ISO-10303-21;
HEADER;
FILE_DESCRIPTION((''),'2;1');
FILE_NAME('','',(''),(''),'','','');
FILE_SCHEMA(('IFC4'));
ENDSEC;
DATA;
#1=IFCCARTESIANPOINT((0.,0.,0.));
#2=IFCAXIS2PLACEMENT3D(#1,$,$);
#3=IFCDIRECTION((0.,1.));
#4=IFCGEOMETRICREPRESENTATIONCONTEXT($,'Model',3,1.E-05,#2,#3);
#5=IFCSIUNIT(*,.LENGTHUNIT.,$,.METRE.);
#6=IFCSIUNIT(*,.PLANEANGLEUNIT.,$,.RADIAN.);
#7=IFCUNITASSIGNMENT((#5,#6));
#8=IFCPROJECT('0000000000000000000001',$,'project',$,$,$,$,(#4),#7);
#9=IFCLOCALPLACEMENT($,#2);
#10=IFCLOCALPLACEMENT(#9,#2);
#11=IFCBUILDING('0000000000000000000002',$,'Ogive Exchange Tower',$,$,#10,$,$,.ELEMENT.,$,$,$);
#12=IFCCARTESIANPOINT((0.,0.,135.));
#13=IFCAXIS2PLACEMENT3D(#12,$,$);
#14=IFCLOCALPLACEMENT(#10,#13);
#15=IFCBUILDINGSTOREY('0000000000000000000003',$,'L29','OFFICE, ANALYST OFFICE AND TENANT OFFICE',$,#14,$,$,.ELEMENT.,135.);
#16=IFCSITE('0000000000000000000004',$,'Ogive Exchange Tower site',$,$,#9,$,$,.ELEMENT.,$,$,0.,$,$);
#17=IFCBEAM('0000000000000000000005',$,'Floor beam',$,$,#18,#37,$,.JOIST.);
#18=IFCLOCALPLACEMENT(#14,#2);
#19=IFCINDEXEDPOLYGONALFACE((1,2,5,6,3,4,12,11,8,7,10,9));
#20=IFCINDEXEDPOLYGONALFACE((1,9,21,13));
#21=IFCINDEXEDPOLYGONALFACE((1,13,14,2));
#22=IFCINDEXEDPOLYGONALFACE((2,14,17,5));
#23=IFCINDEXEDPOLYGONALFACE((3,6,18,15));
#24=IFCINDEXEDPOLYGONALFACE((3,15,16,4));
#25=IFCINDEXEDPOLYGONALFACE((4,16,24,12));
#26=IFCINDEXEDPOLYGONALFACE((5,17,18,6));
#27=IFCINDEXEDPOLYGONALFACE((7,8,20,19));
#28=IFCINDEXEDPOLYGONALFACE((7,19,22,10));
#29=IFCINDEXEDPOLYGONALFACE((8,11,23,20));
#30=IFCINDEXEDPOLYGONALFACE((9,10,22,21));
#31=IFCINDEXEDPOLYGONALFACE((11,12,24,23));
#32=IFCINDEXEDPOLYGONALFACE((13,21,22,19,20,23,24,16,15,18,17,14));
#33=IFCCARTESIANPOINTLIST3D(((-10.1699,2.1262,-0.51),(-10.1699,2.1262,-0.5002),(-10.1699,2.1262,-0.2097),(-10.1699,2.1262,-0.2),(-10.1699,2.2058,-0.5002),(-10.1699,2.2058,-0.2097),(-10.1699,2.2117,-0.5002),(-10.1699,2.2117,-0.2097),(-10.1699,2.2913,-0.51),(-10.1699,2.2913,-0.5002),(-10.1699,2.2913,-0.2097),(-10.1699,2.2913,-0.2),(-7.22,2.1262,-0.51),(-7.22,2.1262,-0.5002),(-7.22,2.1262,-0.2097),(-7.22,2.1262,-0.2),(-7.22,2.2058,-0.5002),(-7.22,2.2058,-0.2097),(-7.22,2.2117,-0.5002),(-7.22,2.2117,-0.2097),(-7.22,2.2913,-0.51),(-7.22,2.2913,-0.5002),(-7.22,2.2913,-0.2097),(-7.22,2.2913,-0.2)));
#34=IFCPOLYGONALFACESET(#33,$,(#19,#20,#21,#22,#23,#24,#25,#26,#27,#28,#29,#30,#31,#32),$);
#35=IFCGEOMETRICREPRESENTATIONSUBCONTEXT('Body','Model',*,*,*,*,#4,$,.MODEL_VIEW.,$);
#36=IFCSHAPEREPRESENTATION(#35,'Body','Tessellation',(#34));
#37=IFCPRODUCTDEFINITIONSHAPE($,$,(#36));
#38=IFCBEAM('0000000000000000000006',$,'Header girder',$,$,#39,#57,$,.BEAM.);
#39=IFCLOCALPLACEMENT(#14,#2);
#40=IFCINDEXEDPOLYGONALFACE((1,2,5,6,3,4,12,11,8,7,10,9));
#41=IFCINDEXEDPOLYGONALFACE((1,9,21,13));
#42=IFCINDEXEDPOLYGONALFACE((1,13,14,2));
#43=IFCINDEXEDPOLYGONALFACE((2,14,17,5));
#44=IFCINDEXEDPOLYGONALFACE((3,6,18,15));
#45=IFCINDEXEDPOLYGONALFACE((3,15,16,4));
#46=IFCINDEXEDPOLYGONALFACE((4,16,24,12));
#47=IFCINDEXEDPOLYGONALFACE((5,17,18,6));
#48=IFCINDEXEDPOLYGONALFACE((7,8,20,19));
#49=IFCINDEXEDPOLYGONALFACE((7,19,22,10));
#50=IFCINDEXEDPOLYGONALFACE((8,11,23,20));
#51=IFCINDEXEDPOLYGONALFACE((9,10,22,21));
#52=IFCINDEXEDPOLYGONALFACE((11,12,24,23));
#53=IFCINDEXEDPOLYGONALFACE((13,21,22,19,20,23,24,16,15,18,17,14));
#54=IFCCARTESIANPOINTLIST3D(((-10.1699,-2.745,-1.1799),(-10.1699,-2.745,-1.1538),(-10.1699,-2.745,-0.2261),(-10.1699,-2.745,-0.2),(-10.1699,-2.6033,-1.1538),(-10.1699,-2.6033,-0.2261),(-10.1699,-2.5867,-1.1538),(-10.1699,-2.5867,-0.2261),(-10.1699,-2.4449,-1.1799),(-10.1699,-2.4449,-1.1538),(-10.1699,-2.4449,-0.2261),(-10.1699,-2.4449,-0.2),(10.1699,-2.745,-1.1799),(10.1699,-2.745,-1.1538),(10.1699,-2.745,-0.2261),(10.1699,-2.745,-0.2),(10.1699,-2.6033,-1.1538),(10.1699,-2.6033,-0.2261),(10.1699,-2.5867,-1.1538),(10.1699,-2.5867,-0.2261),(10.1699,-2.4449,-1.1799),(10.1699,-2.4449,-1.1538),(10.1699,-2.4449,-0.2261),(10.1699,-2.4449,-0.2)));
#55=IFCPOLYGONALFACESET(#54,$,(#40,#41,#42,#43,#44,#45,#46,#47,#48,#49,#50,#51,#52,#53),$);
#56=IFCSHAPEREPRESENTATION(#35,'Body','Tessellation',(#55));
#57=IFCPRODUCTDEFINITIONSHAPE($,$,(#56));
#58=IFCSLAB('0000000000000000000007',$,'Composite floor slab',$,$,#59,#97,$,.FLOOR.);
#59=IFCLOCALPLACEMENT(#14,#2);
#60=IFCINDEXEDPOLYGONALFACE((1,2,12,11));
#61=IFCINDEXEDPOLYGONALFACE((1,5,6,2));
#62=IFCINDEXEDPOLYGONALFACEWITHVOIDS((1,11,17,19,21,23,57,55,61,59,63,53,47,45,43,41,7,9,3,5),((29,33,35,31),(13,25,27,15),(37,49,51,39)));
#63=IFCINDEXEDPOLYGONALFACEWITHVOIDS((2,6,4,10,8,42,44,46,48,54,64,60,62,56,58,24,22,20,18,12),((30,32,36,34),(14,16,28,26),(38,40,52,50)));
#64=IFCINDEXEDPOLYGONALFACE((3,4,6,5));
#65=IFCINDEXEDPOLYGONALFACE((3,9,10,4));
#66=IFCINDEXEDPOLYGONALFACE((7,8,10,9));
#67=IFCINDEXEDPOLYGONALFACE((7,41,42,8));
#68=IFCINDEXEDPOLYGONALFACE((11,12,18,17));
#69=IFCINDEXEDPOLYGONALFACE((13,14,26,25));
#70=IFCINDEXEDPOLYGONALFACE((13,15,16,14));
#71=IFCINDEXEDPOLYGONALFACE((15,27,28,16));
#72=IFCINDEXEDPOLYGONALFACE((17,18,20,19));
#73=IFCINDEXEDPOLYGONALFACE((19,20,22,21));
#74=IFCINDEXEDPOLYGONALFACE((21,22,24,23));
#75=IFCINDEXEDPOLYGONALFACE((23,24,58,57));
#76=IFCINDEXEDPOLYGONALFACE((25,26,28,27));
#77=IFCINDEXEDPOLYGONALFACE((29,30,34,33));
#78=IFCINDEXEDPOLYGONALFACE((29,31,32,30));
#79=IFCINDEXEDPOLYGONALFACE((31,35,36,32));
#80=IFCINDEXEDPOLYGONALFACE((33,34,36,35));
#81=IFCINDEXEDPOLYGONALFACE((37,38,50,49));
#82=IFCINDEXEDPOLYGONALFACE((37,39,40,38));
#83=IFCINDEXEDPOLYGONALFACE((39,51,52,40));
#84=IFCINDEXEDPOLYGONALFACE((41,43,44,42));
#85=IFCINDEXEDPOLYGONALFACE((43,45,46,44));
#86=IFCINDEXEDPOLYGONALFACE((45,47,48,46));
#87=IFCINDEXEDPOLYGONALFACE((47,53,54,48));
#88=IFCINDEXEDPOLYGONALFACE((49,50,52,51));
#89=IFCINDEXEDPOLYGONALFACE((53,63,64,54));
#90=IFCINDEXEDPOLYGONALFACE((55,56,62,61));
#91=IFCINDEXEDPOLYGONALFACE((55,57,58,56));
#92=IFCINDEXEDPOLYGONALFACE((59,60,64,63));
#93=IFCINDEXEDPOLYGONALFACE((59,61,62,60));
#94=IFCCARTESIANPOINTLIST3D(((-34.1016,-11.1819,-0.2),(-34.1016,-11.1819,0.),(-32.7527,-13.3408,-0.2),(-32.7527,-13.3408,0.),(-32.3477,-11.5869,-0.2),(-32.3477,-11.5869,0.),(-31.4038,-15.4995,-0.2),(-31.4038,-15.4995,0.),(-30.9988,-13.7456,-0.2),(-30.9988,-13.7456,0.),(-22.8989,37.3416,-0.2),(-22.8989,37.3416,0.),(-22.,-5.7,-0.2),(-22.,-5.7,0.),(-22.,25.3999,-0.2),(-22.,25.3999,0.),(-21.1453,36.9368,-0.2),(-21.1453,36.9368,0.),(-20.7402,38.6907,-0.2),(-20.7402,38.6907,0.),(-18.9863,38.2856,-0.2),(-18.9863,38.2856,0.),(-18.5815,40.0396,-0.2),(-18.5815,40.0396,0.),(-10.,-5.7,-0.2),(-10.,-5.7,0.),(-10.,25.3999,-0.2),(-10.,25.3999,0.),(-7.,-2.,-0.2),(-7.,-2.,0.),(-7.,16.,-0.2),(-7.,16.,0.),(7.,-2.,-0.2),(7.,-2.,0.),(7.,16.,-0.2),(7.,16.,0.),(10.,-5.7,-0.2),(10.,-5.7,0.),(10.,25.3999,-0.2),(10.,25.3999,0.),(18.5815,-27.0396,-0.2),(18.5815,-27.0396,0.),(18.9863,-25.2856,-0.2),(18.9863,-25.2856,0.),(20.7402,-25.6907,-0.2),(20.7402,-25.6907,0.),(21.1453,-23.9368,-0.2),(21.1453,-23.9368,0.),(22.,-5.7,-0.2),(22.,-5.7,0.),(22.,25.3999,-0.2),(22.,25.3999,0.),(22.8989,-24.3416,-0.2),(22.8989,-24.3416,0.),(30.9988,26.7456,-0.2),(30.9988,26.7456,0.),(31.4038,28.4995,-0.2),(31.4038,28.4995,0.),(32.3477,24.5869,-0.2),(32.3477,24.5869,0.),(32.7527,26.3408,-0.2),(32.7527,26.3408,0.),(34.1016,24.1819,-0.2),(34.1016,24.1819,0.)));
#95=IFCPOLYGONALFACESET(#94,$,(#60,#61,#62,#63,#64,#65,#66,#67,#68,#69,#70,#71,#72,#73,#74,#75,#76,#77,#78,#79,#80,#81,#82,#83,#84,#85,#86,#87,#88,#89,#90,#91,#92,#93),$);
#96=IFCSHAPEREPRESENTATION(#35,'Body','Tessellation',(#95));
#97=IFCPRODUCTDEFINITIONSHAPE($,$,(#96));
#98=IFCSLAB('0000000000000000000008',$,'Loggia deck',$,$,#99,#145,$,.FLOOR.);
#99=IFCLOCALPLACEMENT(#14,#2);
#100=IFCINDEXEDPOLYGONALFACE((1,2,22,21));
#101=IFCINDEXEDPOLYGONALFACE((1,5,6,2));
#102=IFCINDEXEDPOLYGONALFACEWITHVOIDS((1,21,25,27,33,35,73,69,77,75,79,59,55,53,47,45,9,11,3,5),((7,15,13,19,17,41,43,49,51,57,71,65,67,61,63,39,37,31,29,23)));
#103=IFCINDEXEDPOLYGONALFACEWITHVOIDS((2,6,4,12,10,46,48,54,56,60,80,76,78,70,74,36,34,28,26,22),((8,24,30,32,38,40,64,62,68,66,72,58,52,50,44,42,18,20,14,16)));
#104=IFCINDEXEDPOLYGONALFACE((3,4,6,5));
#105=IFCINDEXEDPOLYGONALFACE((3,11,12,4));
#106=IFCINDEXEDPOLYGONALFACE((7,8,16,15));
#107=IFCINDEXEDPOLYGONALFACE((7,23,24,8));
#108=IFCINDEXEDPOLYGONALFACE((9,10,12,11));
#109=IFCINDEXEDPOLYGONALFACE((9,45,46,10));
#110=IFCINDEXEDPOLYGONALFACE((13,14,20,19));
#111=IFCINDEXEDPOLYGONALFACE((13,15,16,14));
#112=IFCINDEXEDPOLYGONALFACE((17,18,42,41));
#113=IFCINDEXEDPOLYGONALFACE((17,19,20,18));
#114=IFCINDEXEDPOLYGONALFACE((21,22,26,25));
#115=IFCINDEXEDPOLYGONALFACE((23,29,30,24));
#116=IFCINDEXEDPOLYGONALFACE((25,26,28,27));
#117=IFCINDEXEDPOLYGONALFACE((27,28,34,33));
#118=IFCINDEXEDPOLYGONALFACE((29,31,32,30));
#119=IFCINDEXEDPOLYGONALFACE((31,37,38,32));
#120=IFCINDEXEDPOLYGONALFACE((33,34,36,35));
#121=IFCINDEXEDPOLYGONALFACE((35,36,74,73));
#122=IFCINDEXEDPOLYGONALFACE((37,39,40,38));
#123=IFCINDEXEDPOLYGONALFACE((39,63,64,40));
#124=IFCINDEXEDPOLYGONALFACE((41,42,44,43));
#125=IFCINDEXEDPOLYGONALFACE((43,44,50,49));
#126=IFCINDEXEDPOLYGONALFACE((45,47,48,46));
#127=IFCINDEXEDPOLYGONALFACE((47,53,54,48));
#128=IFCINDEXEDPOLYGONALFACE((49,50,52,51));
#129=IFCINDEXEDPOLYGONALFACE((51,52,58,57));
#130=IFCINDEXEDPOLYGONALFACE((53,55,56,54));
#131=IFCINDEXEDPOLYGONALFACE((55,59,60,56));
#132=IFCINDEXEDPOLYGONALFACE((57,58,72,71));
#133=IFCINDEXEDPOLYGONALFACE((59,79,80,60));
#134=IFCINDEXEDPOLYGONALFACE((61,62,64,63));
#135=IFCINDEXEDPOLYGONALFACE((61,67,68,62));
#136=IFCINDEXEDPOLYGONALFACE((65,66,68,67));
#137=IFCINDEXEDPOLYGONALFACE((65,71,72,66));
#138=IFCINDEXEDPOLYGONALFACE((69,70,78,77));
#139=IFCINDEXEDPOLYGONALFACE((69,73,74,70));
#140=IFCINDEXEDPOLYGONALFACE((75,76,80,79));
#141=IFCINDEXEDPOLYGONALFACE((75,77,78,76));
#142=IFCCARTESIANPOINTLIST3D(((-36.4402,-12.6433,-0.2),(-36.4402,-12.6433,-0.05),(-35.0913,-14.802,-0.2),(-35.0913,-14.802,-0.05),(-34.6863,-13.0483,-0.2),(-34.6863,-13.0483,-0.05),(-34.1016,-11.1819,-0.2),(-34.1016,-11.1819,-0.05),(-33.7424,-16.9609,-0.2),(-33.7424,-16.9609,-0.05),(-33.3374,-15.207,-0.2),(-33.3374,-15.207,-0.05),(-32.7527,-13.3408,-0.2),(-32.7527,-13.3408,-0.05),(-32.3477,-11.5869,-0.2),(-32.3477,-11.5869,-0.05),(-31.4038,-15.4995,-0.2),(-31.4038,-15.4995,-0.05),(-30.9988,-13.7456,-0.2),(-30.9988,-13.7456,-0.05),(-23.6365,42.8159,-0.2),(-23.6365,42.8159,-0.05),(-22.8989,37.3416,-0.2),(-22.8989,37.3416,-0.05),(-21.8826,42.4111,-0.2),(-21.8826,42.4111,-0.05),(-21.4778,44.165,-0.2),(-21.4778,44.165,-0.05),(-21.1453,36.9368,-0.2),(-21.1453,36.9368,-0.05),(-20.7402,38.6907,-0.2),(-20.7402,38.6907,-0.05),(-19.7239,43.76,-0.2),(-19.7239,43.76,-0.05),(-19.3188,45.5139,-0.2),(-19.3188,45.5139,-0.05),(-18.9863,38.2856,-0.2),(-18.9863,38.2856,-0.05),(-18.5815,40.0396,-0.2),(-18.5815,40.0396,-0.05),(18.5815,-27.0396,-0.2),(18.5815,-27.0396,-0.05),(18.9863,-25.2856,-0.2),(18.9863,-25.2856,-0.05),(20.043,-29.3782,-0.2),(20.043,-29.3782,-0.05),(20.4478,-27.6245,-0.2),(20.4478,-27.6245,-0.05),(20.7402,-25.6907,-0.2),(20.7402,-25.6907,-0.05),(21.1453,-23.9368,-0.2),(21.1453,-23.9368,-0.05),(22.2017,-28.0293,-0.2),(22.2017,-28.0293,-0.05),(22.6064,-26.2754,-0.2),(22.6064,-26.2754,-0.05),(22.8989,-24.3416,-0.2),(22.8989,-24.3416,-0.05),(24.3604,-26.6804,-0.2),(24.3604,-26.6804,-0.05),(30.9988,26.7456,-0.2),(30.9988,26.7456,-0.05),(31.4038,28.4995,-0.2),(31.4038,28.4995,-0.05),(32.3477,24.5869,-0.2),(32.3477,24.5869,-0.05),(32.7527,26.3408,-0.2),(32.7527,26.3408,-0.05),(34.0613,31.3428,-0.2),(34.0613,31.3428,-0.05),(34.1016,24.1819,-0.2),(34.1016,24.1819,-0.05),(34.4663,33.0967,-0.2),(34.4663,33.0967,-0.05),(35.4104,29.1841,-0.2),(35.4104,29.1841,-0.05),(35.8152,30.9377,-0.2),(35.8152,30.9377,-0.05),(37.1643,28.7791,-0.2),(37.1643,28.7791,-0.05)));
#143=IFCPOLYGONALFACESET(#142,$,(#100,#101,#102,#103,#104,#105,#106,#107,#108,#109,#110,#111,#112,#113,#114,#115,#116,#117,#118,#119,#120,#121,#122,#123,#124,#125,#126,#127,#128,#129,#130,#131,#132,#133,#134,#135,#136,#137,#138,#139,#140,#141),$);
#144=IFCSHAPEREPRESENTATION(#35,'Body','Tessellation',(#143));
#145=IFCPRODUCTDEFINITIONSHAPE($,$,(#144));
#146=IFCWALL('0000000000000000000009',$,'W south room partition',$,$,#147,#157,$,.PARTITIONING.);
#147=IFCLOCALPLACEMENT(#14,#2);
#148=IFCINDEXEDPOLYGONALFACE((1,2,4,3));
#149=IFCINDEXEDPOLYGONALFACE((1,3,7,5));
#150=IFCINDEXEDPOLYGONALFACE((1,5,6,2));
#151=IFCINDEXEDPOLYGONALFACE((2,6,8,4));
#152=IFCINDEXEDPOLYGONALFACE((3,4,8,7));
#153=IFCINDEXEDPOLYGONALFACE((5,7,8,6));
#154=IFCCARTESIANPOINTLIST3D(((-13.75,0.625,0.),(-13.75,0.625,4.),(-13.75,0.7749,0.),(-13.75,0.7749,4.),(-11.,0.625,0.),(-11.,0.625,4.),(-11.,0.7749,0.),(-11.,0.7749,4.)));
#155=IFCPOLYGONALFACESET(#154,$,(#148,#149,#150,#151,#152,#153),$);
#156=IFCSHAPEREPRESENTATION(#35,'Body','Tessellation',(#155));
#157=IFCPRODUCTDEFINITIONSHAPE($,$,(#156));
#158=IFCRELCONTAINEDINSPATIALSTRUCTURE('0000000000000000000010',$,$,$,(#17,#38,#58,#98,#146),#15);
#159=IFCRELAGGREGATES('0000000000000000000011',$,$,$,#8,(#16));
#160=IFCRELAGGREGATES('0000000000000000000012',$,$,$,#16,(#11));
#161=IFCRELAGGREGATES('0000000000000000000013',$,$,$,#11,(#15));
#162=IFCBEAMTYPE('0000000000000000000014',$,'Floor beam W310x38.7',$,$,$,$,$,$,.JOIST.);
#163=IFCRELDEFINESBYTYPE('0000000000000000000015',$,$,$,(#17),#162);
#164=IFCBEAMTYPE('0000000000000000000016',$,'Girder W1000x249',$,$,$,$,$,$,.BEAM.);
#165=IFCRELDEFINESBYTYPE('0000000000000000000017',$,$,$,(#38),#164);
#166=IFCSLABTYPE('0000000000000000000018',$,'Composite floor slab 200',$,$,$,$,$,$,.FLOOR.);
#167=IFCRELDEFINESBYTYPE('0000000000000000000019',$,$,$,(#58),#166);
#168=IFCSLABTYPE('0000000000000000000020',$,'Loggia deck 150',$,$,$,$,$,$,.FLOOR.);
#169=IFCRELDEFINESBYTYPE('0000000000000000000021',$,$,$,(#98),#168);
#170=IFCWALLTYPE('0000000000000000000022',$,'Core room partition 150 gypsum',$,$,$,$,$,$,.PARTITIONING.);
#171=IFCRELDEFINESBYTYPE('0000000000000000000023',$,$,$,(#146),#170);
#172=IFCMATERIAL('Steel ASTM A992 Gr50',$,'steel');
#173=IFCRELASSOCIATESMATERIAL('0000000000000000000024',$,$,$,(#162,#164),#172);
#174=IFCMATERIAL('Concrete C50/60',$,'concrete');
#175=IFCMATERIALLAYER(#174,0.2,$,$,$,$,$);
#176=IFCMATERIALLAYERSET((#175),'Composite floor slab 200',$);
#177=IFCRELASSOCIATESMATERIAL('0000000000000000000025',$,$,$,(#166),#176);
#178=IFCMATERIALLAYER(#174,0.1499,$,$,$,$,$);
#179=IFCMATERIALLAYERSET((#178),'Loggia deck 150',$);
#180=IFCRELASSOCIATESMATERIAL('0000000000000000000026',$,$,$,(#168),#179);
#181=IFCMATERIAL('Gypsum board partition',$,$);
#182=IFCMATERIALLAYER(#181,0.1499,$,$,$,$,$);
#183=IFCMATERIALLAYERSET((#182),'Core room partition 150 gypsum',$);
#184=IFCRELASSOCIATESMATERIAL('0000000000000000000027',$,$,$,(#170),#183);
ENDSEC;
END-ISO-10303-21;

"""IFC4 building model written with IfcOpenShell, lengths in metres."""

from ifc_helpers import new_model, si_unit, direction, frame, frame_2d, origin, origin_2d, place, context, subcontext, project, spatial, polyline, rectangle, i_section, outline, extrude, material, layer, layer_set, material_profile, profile_set, type_object, element, save


model = new_model("IFC4")

# Units and contexts
model_context = context("Model", 3, precision=1e-05, world=origin(), true_north=direction((0.0, 1.0)))
body_context = subcontext(model_context, "Body", "Model", "MODEL_VIEW")
ifc_project = project(units=[si_unit("LENGTHUNIT", "METRE"), si_unit("PLANEANGLEUNIT", "RADIAN")], contexts=[model_context])

# Site, building, storey
site_placement = place(None, origin())
site = spatial("IfcSite", under=ifc_project, at=site_placement, Name="Ogive Exchange Tower site", CompositionType="ELEMENT", RefElevation=0.0)
building_placement = place(site_placement, origin())
building = spatial("IfcBuilding", under=site, at=building_placement, Name="Ogive Exchange Tower", CompositionType="ELEMENT")
storey_placement = place(building_placement, frame((0.0, 0.0, 135.0)))
storey = spatial("IfcBuildingStorey", under=building, at=storey_placement, Name="L29", Description="OFFICE, ANALYST OFFICE AND TENANT OFFICE", CompositionType="ELEMENT", Elevation=135.0)

# Beams
ifc_material_1 = material(Name="Steel ASTM A992 Gr50", Category="steel")
ifc_material_profile_1 = material_profile(ifc_material_1, i_section(OverallWidth=0.165, OverallDepth=0.3101, WebThickness=0.0059, FlangeThickness=0.0098, at=origin_2d()), Name="W310x38.7")
ifc_profile_set_1 = profile_set([ifc_material_profile_1], Name="Steel ASTM A992 Gr50")
beam_type_1 = type_object("IfcBeamType", Name="Floor beam W310x38.7", PredefinedType="JOIST", material=ifc_profile_set_1)
beam_1_placement = place(storey_placement, frame((-10.1699, 2.2087, -0.355), z_axis=(1.0, 0.0, 0.0), x_axis=(0.0, 1.0, 0.0)))
element("IfcBeam", 1, at=beam_1_placement, inside=storey, type_object=beam_type_1, Name="Floor beam", PredefinedType="JOIST", context=body_context, shape_type="SweptSolid", body=[
    extrude(i_section(OverallWidth=0.165, OverallDepth=0.3101, WebThickness=0.0059, FlangeThickness=0.0098, at=origin_2d()), origin(), (0.0, 0.0, 1.0), 2.95),
])
ifc_material_profile_2 = material_profile(ifc_material_1, i_section(OverallWidth=0.3, OverallDepth=0.98, WebThickness=0.0166, FlangeThickness=0.0261, at=origin_2d()), Name="W1000x249")
ifc_profile_set_2 = profile_set([ifc_material_profile_2], Name="Steel ASTM A992 Gr50")
beam_type_2 = type_object("IfcBeamType", Name="Girder W1000x249", PredefinedType="BEAM", material=ifc_profile_set_2)
beam_2_placement = place(storey_placement, frame((-10.1699, -2.595, -0.6899), z_axis=(1.0, 0.0, 0.0), x_axis=(0.0, 1.0, 0.0)))
element("IfcBeam", 2, at=beam_2_placement, inside=storey, type_object=beam_type_2, Name="Header girder", PredefinedType="BEAM", context=body_context, shape_type="SweptSolid", body=[
    extrude(i_section(OverallWidth=0.3, OverallDepth=0.98, WebThickness=0.0166, FlangeThickness=0.0261, at=origin_2d()), origin(), (0.0, 0.0, 1.0), 20.3398),
])

# Slabs
ifc_material_2 = material(Name="Concrete C50/60", Category="concrete")
ifc_layer_1 = layer(ifc_material_2, 0.2)
ifc_layer_set_1 = layer_set([ifc_layer_1], Name="Composite floor slab 200")
slab_type_1 = type_object("IfcSlabType", Name="Composite floor slab 200", PredefinedType="FLOOR", material=ifc_layer_set_1)
slab_1_placement = place(storey_placement, frame((0.0, 0.0, -0.2)))
element("IfcSlab", 3, at=slab_1_placement, inside=storey, type_object=slab_type_1, Name="Composite floor slab", PredefinedType="FLOOR", context=body_context, shape_type="SweptSolid", body=[
    extrude(outline(polyline([(-30.9988, -13.7456), (-32.7527, -13.3408), (-32.3477, -11.5869), (-34.1016, -11.1819), (-22.8989, 37.3416), (-21.1453, 36.9368), (-20.7402, 38.6907), (-18.9863, 38.2856), (-18.5815, 40.0396), (31.4038, 28.4995), (30.9988, 26.7456), (32.7527, 26.3408), (32.3477, 24.5869), (34.1016, 24.1819), (22.8989, -24.3416), (21.1453, -23.9368), (20.7402, -25.6907), (18.9863, -25.2856), (18.5815, -27.0396), (-31.4038, -15.4995), (-30.9988, -13.7456)]), holes=[polyline([(7.0, -2.0), (7.0, 16.0), (-7.0, 16.0), (-7.0, -2.0), (7.0, -2.0)]), polyline([(-22.0, -5.7), (-10.0, -5.7), (-10.0, 25.3999), (-22.0, 25.3999), (-22.0, -5.7)]), polyline([(10.0, -5.7), (22.0, -5.7), (22.0, 25.3999), (10.0, 25.3999), (10.0, -5.7)])]), origin(), (0.0, 0.0, 1.0), 0.2),
])
ifc_layer_2 = layer(ifc_material_2, 0.1499)
ifc_layer_set_2 = layer_set([ifc_layer_2], Name="Loggia deck 150")
slab_type_2 = type_object("IfcSlabType", Name="Loggia deck 150", PredefinedType="FLOOR", material=ifc_layer_set_2)
slab_2_placement = place(storey_placement, frame((0.0, 0.0, -0.2)))
element("IfcSlab", 4, at=slab_2_placement, inside=storey, type_object=slab_type_2, Name="Loggia deck", PredefinedType="FLOOR", context=body_context, shape_type="SweptSolid", body=[
    extrude(outline(polyline([(-33.3374, -15.207), (-35.0913, -14.802), (-34.6863, -13.0483), (-36.4402, -12.6433), (-23.6365, 42.8159), (-21.8826, 42.4111), (-21.4778, 44.165), (-19.7239, 43.76), (-19.3188, 45.5139), (34.4663, 33.0967), (34.0613, 31.3428), (35.8152, 30.9377), (35.4104, 29.1841), (37.1643, 28.7791), (24.3604, -26.6804), (22.6064, -26.2754), (22.2017, -28.0293), (20.4478, -27.6245), (20.043, -29.3782), (-33.7424, -16.9609), (-33.3374, -15.207)]), holes=[polyline([(18.9863, -25.2856), (20.7402, -25.6907), (21.1453, -23.9368), (22.8989, -24.3416), (34.1016, 24.1819), (32.3477, 24.5869), (32.7527, 26.3408), (30.9988, 26.7456), (31.4038, 28.4995), (-18.5815, 40.0396), (-18.9863, 38.2856), (-20.7402, 38.6907), (-21.1453, 36.9368), (-22.8989, 37.3416), (-34.1016, -11.1819), (-32.3477, -11.5869), (-32.7527, -13.3408), (-30.9988, -13.7456), (-31.4038, -15.4995), (18.5815, -27.0396), (18.9863, -25.2856)])]), origin(), (0.0, 0.0, 1.0), 0.1499),
])

# Wall
ifc_material_3 = material(Name="Gypsum board partition")
ifc_layer_3 = layer(ifc_material_3, 0.1499)
ifc_layer_set_3 = layer_set([ifc_layer_3], Name="Core room partition 150 gypsum")
wall_type_1 = type_object("IfcWallType", Name="Core room partition 150 gypsum", PredefinedType="PARTITIONING", material=ifc_layer_set_3)
wall_1_placement = place(storey_placement, frame((-13.75, 0.7, 0.0), z_axis=(0.0, 0.0, 1.0), x_axis=(1.0, 0.0, 0.0)))
element("IfcWall", 5, at=wall_1_placement, inside=storey, type_object=wall_type_1, Name="W south room partition", PredefinedType="PARTITIONING", context=body_context, shape_type="SweptSolid", body=[
    extrude(rectangle(XDim=2.75, YDim=0.1499, at=frame_2d((1.375, 0.0))), origin(), (0.0, 0.0, 1.0), 4.0),
])

save(model, "model.ifc")
